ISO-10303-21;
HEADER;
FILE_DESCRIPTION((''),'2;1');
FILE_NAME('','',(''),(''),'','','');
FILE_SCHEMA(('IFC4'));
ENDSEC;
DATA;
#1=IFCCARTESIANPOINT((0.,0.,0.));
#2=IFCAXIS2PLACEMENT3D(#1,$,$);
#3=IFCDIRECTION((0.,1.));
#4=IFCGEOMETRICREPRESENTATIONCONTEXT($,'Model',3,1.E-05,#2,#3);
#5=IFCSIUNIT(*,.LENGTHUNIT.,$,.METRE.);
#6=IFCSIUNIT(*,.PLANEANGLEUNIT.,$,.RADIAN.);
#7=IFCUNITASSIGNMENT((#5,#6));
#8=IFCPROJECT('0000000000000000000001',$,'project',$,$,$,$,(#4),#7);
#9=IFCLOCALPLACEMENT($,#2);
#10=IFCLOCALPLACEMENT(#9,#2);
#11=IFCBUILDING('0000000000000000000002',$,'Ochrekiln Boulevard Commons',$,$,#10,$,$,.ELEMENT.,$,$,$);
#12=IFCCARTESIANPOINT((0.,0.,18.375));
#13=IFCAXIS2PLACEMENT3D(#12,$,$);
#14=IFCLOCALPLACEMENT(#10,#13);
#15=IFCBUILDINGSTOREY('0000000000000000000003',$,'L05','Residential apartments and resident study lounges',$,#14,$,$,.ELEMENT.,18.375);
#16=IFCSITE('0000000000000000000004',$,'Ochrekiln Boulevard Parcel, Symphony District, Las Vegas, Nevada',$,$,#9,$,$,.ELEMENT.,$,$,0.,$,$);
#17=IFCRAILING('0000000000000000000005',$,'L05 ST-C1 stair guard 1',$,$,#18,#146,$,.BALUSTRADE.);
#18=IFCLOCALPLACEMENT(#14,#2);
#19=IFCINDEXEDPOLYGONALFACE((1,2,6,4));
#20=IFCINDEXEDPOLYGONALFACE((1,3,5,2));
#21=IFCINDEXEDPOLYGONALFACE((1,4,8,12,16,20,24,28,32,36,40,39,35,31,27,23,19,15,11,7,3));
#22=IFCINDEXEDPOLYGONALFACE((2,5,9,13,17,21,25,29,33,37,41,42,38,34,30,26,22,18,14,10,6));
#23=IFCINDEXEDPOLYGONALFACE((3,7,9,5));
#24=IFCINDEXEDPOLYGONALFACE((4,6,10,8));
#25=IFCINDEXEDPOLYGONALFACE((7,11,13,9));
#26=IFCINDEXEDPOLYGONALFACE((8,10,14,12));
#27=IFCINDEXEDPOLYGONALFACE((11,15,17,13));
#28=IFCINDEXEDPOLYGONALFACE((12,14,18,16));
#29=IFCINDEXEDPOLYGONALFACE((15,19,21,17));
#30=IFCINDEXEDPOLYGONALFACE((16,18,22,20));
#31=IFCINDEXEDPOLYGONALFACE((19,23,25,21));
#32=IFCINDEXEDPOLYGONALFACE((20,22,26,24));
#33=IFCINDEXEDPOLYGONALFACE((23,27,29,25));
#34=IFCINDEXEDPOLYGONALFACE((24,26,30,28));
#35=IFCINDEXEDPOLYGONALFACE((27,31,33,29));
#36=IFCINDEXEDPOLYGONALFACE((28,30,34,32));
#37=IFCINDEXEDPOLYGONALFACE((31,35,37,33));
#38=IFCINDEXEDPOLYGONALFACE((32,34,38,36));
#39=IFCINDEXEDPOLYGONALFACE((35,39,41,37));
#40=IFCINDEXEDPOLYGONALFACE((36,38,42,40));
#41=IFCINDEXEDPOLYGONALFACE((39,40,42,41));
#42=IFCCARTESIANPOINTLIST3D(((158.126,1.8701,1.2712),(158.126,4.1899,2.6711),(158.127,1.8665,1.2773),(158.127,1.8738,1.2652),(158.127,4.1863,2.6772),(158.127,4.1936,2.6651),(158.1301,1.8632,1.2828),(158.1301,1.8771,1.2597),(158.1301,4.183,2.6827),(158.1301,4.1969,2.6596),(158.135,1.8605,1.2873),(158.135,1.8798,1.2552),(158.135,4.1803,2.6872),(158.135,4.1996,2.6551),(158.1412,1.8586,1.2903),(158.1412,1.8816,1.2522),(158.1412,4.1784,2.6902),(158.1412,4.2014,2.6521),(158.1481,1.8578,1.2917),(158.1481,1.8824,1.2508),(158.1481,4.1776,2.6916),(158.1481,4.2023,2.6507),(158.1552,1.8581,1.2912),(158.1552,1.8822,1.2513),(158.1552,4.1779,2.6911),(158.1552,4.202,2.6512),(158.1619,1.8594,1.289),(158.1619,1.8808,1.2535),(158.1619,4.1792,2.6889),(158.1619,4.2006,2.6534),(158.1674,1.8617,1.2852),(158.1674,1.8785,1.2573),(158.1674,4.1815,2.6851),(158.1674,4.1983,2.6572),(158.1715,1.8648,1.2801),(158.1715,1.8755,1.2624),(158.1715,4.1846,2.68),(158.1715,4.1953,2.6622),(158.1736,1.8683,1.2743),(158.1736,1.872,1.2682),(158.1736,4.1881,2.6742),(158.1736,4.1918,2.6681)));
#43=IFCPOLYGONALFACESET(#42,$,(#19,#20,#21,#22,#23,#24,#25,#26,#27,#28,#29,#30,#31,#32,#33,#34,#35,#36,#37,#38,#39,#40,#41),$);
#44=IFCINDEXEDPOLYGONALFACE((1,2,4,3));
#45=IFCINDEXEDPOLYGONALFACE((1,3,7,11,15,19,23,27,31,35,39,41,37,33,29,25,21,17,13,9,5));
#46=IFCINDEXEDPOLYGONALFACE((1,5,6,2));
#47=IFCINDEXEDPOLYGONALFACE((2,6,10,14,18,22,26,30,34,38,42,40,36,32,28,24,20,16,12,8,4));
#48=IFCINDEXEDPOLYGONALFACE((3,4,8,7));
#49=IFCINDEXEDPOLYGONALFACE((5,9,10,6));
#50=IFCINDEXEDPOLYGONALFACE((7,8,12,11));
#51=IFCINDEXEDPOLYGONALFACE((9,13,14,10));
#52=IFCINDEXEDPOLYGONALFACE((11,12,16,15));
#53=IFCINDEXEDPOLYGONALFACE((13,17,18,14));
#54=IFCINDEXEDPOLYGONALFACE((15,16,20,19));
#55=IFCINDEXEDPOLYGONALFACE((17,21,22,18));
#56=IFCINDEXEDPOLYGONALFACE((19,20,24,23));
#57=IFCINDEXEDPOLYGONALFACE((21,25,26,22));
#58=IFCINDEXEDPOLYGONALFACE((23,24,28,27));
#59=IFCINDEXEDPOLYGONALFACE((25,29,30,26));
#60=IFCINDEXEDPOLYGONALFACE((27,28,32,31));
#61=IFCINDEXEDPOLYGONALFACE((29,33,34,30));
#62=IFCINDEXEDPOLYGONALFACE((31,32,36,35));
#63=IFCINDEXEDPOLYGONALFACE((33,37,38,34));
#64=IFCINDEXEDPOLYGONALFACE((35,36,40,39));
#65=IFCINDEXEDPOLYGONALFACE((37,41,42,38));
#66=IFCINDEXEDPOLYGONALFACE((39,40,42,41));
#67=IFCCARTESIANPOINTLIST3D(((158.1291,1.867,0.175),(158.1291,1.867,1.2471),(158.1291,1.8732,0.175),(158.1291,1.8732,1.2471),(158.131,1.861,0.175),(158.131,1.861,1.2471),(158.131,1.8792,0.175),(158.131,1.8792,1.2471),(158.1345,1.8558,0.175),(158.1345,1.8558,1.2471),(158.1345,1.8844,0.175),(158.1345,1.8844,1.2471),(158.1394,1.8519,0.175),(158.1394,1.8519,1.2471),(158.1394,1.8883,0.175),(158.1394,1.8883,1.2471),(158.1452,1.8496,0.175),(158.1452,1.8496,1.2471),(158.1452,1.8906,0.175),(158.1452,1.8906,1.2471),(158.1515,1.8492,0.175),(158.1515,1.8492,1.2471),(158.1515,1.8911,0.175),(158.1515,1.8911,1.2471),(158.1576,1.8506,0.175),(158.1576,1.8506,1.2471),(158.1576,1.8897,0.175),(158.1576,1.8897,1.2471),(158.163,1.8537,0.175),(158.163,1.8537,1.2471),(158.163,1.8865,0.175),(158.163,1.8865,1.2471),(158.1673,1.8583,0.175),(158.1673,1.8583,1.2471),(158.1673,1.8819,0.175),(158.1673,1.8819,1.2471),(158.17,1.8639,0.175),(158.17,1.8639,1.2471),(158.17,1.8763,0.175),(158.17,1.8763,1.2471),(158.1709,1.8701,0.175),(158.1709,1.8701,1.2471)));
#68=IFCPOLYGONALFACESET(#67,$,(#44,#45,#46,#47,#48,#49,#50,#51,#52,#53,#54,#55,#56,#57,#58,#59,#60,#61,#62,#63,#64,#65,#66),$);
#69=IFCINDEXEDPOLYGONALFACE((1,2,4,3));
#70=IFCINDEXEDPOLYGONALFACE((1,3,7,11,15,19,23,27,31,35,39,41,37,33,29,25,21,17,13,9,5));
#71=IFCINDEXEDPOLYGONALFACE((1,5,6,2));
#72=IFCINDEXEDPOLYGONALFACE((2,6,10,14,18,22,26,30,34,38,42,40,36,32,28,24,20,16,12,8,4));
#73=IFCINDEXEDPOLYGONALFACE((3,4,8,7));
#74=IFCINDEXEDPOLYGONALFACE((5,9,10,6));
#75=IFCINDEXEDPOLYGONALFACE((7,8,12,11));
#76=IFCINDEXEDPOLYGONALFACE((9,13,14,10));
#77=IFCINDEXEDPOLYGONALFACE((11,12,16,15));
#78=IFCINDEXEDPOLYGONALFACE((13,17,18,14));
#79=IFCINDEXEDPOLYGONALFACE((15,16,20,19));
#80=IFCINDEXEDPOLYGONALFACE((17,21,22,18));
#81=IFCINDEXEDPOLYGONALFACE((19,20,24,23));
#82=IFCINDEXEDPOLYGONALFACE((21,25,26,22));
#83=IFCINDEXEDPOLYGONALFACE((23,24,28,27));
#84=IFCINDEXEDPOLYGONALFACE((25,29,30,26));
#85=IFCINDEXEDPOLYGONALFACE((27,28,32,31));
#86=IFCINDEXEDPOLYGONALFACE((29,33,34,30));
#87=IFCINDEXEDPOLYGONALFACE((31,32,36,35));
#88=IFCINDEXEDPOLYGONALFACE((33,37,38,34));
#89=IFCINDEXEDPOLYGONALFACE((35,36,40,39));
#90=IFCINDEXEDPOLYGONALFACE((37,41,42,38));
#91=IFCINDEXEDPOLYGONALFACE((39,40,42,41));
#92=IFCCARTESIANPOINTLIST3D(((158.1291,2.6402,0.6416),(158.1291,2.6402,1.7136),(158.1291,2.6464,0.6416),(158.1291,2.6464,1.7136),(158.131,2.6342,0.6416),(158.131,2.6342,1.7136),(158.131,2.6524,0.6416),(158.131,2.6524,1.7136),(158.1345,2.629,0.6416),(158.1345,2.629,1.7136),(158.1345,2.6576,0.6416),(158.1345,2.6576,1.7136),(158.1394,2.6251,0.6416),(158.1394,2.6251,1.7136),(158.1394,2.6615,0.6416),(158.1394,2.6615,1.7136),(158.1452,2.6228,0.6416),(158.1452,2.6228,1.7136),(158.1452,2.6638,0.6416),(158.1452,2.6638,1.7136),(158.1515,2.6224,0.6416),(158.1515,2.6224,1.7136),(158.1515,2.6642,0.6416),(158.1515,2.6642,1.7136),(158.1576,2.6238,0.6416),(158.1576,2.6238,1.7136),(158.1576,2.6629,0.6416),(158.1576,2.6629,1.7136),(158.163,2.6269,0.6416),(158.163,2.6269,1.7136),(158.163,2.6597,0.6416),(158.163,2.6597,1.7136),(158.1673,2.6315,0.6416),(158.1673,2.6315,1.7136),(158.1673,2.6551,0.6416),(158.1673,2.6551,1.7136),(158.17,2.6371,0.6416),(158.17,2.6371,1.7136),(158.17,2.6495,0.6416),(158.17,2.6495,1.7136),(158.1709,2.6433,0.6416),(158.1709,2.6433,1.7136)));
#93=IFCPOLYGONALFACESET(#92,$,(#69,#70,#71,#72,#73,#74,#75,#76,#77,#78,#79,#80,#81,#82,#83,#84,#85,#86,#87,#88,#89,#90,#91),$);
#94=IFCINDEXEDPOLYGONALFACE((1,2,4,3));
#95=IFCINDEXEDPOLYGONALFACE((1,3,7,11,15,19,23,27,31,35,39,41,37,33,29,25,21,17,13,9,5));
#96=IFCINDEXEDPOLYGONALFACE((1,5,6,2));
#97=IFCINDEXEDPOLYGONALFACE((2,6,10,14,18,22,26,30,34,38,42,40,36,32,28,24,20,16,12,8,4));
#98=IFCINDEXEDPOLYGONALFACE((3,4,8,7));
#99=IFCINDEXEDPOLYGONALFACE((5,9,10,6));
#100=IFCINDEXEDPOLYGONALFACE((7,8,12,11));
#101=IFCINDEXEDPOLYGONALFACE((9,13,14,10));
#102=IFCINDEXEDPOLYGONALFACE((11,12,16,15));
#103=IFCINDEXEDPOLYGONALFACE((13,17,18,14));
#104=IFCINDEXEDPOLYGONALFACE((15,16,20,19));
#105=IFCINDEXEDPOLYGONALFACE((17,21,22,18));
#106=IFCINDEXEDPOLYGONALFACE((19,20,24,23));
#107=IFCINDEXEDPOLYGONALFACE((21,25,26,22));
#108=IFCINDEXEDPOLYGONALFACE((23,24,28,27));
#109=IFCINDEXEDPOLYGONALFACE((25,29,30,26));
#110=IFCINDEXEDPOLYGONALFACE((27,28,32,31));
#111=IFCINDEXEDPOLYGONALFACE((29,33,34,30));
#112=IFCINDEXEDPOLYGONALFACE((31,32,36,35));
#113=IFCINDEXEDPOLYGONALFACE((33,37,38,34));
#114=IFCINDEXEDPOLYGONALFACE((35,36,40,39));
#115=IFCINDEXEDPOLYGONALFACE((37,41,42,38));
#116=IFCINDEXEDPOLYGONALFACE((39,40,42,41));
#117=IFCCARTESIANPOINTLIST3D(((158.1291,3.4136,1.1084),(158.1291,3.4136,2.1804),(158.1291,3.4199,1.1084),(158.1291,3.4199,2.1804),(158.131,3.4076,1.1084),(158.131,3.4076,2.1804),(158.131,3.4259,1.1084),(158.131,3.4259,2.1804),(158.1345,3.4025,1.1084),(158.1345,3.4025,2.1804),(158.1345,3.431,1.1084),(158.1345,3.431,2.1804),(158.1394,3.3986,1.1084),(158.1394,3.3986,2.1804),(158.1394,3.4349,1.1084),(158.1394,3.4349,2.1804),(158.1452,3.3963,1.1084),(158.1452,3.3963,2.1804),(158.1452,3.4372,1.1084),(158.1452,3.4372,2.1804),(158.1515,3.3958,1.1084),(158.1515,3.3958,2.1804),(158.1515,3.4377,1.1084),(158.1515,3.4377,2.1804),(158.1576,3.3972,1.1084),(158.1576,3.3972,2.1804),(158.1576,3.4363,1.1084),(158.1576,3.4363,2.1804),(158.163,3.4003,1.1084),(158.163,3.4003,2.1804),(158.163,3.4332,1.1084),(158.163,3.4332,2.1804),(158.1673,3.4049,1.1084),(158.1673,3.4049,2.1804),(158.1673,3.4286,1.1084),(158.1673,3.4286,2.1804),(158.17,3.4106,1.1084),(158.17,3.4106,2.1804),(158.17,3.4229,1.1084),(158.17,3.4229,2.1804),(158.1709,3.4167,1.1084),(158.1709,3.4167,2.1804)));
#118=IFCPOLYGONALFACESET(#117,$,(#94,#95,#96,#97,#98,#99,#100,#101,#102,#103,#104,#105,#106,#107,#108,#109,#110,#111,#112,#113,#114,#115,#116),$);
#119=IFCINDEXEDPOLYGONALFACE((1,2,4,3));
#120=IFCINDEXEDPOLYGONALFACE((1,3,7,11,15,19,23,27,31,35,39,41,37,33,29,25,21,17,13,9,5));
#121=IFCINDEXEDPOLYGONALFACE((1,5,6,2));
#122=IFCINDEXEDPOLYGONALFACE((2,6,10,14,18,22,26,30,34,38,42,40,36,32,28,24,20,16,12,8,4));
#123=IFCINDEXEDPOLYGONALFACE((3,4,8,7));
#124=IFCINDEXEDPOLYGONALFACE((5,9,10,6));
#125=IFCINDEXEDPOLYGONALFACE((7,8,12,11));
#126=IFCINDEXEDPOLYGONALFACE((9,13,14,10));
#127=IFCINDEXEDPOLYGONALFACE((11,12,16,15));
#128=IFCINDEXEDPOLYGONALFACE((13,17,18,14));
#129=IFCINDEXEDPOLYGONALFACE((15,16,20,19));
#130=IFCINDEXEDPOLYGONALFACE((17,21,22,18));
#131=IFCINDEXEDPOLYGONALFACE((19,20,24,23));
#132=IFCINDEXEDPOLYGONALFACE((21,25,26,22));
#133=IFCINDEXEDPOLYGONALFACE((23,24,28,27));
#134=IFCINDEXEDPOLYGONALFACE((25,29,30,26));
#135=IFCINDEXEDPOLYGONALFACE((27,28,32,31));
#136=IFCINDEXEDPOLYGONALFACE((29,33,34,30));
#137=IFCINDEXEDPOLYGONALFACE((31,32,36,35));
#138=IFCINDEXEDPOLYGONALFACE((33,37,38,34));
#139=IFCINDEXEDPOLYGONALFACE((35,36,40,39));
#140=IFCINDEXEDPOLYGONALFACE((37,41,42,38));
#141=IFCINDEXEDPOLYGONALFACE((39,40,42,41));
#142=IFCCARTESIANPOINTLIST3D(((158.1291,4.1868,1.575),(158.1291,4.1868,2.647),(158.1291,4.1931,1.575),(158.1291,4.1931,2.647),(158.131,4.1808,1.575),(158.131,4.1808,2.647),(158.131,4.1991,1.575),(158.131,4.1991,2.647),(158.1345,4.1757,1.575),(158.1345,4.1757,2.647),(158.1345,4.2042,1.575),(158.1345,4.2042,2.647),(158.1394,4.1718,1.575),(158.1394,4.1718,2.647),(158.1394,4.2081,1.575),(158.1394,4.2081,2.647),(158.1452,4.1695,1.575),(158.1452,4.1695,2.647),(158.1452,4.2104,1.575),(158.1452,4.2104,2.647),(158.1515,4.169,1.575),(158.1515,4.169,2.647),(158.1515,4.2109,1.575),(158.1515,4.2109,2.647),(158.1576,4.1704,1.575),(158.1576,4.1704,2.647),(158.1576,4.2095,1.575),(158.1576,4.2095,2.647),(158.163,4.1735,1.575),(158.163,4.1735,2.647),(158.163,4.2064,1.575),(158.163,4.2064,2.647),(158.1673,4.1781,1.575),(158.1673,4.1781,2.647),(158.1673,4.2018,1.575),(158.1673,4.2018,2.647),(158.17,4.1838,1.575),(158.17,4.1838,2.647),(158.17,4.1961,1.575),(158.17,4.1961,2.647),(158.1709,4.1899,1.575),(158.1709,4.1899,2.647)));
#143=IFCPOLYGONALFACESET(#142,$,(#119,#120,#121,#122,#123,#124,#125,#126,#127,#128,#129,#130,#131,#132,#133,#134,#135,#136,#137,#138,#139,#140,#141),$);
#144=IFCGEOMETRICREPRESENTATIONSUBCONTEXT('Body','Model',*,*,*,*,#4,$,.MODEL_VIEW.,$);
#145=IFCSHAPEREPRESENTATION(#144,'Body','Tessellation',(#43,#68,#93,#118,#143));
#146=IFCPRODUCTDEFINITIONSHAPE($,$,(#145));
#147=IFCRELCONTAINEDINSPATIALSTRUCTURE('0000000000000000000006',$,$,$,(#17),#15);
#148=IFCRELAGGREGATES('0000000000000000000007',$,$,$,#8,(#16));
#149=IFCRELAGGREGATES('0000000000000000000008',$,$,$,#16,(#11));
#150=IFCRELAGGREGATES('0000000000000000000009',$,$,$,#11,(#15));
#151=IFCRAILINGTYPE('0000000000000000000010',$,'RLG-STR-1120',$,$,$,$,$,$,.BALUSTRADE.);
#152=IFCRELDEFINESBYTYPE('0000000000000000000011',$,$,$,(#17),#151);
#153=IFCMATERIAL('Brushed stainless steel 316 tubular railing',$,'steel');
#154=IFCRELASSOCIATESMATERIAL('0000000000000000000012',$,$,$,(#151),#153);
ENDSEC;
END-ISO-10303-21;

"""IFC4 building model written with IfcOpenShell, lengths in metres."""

from ifc_helpers import new_model, si_unit, direction, frame, origin, origin_2d, place, context, subcontext, project, spatial, circle, extrude, material, type_object, element, save


model = new_model("IFC4")

# Units and contexts
model_context = context("Model", 3, precision=1e-05, world=origin(), true_north=direction((0.0, 1.0)))
body_context = subcontext(model_context, "Body", "Model", "MODEL_VIEW")
ifc_project = project(units=[si_unit("LENGTHUNIT", "METRE"), si_unit("PLANEANGLEUNIT", "RADIAN")], contexts=[model_context])

# Site, building, storey
site_placement = place(None, origin())
site = spatial("IfcSite", under=ifc_project, at=site_placement, Name="Ochrekiln Boulevard Parcel, Symphony District, Las Vegas, Nevada", CompositionType="ELEMENT", RefElevation=0.0)
building_placement = place(site_placement, origin())
building = spatial("IfcBuilding", under=site, at=building_placement, Name="Ochrekiln Boulevard Commons", CompositionType="ELEMENT")
storey_placement = place(building_placement, frame((0.0, 0.0, 18.375)))
storey = spatial("IfcBuildingStorey", under=building, at=storey_placement, Name="L05", Description="Residential apartments and resident study lounges", CompositionType="ELEMENT", Elevation=18.375)

# Railing
ifc_material_1 = material(Name="Brushed stainless steel 316 tubular railing", Category="steel")
railing_type_1 = type_object("IfcRailingType", Name="RLG-STR-1120", PredefinedType="BALUSTRADE", material=ifc_material_1)
railing_1_placement = place(storey_placement, frame((158.1499, 1.8701, 0.175)))
element("IfcRailing", 1, at=railing_1_placement, inside=storey, type_object=railing_type_1, Name="L05 ST-C1 stair guard 1", PredefinedType="BALUSTRADE", context=body_context, shape_type="SweptSolid", body=[
    extrude(circle(Radius=0.0239, at=origin_2d()), frame((0.0, 0.0, 1.0962), z_axis=(0.0, 0.856186, 0.516667), x_axis=(-1.0, 0.0, 0.0)), (0.0, 0.0, 1.0), 2.7095),
    extrude(circle(Radius=0.021, at=origin_2d()), origin(), (0.0, 0.0, 1.0), 1.072),
    extrude(circle(Radius=0.021, at=origin_2d()), frame((0.0, 0.7732, 0.4666)), (0.0, 0.0, 1.0), 1.072),
    extrude(circle(Radius=0.021, at=origin_2d()), frame((0.0, 1.5466, 0.9333)), (0.0, 0.0, 1.0), 1.072),
    extrude(circle(Radius=0.021, at=origin_2d()), frame((0.0, 2.3198, 1.3999)), (0.0, 0.0, 1.0), 1.072),
])

save(model, "model.ifc")
